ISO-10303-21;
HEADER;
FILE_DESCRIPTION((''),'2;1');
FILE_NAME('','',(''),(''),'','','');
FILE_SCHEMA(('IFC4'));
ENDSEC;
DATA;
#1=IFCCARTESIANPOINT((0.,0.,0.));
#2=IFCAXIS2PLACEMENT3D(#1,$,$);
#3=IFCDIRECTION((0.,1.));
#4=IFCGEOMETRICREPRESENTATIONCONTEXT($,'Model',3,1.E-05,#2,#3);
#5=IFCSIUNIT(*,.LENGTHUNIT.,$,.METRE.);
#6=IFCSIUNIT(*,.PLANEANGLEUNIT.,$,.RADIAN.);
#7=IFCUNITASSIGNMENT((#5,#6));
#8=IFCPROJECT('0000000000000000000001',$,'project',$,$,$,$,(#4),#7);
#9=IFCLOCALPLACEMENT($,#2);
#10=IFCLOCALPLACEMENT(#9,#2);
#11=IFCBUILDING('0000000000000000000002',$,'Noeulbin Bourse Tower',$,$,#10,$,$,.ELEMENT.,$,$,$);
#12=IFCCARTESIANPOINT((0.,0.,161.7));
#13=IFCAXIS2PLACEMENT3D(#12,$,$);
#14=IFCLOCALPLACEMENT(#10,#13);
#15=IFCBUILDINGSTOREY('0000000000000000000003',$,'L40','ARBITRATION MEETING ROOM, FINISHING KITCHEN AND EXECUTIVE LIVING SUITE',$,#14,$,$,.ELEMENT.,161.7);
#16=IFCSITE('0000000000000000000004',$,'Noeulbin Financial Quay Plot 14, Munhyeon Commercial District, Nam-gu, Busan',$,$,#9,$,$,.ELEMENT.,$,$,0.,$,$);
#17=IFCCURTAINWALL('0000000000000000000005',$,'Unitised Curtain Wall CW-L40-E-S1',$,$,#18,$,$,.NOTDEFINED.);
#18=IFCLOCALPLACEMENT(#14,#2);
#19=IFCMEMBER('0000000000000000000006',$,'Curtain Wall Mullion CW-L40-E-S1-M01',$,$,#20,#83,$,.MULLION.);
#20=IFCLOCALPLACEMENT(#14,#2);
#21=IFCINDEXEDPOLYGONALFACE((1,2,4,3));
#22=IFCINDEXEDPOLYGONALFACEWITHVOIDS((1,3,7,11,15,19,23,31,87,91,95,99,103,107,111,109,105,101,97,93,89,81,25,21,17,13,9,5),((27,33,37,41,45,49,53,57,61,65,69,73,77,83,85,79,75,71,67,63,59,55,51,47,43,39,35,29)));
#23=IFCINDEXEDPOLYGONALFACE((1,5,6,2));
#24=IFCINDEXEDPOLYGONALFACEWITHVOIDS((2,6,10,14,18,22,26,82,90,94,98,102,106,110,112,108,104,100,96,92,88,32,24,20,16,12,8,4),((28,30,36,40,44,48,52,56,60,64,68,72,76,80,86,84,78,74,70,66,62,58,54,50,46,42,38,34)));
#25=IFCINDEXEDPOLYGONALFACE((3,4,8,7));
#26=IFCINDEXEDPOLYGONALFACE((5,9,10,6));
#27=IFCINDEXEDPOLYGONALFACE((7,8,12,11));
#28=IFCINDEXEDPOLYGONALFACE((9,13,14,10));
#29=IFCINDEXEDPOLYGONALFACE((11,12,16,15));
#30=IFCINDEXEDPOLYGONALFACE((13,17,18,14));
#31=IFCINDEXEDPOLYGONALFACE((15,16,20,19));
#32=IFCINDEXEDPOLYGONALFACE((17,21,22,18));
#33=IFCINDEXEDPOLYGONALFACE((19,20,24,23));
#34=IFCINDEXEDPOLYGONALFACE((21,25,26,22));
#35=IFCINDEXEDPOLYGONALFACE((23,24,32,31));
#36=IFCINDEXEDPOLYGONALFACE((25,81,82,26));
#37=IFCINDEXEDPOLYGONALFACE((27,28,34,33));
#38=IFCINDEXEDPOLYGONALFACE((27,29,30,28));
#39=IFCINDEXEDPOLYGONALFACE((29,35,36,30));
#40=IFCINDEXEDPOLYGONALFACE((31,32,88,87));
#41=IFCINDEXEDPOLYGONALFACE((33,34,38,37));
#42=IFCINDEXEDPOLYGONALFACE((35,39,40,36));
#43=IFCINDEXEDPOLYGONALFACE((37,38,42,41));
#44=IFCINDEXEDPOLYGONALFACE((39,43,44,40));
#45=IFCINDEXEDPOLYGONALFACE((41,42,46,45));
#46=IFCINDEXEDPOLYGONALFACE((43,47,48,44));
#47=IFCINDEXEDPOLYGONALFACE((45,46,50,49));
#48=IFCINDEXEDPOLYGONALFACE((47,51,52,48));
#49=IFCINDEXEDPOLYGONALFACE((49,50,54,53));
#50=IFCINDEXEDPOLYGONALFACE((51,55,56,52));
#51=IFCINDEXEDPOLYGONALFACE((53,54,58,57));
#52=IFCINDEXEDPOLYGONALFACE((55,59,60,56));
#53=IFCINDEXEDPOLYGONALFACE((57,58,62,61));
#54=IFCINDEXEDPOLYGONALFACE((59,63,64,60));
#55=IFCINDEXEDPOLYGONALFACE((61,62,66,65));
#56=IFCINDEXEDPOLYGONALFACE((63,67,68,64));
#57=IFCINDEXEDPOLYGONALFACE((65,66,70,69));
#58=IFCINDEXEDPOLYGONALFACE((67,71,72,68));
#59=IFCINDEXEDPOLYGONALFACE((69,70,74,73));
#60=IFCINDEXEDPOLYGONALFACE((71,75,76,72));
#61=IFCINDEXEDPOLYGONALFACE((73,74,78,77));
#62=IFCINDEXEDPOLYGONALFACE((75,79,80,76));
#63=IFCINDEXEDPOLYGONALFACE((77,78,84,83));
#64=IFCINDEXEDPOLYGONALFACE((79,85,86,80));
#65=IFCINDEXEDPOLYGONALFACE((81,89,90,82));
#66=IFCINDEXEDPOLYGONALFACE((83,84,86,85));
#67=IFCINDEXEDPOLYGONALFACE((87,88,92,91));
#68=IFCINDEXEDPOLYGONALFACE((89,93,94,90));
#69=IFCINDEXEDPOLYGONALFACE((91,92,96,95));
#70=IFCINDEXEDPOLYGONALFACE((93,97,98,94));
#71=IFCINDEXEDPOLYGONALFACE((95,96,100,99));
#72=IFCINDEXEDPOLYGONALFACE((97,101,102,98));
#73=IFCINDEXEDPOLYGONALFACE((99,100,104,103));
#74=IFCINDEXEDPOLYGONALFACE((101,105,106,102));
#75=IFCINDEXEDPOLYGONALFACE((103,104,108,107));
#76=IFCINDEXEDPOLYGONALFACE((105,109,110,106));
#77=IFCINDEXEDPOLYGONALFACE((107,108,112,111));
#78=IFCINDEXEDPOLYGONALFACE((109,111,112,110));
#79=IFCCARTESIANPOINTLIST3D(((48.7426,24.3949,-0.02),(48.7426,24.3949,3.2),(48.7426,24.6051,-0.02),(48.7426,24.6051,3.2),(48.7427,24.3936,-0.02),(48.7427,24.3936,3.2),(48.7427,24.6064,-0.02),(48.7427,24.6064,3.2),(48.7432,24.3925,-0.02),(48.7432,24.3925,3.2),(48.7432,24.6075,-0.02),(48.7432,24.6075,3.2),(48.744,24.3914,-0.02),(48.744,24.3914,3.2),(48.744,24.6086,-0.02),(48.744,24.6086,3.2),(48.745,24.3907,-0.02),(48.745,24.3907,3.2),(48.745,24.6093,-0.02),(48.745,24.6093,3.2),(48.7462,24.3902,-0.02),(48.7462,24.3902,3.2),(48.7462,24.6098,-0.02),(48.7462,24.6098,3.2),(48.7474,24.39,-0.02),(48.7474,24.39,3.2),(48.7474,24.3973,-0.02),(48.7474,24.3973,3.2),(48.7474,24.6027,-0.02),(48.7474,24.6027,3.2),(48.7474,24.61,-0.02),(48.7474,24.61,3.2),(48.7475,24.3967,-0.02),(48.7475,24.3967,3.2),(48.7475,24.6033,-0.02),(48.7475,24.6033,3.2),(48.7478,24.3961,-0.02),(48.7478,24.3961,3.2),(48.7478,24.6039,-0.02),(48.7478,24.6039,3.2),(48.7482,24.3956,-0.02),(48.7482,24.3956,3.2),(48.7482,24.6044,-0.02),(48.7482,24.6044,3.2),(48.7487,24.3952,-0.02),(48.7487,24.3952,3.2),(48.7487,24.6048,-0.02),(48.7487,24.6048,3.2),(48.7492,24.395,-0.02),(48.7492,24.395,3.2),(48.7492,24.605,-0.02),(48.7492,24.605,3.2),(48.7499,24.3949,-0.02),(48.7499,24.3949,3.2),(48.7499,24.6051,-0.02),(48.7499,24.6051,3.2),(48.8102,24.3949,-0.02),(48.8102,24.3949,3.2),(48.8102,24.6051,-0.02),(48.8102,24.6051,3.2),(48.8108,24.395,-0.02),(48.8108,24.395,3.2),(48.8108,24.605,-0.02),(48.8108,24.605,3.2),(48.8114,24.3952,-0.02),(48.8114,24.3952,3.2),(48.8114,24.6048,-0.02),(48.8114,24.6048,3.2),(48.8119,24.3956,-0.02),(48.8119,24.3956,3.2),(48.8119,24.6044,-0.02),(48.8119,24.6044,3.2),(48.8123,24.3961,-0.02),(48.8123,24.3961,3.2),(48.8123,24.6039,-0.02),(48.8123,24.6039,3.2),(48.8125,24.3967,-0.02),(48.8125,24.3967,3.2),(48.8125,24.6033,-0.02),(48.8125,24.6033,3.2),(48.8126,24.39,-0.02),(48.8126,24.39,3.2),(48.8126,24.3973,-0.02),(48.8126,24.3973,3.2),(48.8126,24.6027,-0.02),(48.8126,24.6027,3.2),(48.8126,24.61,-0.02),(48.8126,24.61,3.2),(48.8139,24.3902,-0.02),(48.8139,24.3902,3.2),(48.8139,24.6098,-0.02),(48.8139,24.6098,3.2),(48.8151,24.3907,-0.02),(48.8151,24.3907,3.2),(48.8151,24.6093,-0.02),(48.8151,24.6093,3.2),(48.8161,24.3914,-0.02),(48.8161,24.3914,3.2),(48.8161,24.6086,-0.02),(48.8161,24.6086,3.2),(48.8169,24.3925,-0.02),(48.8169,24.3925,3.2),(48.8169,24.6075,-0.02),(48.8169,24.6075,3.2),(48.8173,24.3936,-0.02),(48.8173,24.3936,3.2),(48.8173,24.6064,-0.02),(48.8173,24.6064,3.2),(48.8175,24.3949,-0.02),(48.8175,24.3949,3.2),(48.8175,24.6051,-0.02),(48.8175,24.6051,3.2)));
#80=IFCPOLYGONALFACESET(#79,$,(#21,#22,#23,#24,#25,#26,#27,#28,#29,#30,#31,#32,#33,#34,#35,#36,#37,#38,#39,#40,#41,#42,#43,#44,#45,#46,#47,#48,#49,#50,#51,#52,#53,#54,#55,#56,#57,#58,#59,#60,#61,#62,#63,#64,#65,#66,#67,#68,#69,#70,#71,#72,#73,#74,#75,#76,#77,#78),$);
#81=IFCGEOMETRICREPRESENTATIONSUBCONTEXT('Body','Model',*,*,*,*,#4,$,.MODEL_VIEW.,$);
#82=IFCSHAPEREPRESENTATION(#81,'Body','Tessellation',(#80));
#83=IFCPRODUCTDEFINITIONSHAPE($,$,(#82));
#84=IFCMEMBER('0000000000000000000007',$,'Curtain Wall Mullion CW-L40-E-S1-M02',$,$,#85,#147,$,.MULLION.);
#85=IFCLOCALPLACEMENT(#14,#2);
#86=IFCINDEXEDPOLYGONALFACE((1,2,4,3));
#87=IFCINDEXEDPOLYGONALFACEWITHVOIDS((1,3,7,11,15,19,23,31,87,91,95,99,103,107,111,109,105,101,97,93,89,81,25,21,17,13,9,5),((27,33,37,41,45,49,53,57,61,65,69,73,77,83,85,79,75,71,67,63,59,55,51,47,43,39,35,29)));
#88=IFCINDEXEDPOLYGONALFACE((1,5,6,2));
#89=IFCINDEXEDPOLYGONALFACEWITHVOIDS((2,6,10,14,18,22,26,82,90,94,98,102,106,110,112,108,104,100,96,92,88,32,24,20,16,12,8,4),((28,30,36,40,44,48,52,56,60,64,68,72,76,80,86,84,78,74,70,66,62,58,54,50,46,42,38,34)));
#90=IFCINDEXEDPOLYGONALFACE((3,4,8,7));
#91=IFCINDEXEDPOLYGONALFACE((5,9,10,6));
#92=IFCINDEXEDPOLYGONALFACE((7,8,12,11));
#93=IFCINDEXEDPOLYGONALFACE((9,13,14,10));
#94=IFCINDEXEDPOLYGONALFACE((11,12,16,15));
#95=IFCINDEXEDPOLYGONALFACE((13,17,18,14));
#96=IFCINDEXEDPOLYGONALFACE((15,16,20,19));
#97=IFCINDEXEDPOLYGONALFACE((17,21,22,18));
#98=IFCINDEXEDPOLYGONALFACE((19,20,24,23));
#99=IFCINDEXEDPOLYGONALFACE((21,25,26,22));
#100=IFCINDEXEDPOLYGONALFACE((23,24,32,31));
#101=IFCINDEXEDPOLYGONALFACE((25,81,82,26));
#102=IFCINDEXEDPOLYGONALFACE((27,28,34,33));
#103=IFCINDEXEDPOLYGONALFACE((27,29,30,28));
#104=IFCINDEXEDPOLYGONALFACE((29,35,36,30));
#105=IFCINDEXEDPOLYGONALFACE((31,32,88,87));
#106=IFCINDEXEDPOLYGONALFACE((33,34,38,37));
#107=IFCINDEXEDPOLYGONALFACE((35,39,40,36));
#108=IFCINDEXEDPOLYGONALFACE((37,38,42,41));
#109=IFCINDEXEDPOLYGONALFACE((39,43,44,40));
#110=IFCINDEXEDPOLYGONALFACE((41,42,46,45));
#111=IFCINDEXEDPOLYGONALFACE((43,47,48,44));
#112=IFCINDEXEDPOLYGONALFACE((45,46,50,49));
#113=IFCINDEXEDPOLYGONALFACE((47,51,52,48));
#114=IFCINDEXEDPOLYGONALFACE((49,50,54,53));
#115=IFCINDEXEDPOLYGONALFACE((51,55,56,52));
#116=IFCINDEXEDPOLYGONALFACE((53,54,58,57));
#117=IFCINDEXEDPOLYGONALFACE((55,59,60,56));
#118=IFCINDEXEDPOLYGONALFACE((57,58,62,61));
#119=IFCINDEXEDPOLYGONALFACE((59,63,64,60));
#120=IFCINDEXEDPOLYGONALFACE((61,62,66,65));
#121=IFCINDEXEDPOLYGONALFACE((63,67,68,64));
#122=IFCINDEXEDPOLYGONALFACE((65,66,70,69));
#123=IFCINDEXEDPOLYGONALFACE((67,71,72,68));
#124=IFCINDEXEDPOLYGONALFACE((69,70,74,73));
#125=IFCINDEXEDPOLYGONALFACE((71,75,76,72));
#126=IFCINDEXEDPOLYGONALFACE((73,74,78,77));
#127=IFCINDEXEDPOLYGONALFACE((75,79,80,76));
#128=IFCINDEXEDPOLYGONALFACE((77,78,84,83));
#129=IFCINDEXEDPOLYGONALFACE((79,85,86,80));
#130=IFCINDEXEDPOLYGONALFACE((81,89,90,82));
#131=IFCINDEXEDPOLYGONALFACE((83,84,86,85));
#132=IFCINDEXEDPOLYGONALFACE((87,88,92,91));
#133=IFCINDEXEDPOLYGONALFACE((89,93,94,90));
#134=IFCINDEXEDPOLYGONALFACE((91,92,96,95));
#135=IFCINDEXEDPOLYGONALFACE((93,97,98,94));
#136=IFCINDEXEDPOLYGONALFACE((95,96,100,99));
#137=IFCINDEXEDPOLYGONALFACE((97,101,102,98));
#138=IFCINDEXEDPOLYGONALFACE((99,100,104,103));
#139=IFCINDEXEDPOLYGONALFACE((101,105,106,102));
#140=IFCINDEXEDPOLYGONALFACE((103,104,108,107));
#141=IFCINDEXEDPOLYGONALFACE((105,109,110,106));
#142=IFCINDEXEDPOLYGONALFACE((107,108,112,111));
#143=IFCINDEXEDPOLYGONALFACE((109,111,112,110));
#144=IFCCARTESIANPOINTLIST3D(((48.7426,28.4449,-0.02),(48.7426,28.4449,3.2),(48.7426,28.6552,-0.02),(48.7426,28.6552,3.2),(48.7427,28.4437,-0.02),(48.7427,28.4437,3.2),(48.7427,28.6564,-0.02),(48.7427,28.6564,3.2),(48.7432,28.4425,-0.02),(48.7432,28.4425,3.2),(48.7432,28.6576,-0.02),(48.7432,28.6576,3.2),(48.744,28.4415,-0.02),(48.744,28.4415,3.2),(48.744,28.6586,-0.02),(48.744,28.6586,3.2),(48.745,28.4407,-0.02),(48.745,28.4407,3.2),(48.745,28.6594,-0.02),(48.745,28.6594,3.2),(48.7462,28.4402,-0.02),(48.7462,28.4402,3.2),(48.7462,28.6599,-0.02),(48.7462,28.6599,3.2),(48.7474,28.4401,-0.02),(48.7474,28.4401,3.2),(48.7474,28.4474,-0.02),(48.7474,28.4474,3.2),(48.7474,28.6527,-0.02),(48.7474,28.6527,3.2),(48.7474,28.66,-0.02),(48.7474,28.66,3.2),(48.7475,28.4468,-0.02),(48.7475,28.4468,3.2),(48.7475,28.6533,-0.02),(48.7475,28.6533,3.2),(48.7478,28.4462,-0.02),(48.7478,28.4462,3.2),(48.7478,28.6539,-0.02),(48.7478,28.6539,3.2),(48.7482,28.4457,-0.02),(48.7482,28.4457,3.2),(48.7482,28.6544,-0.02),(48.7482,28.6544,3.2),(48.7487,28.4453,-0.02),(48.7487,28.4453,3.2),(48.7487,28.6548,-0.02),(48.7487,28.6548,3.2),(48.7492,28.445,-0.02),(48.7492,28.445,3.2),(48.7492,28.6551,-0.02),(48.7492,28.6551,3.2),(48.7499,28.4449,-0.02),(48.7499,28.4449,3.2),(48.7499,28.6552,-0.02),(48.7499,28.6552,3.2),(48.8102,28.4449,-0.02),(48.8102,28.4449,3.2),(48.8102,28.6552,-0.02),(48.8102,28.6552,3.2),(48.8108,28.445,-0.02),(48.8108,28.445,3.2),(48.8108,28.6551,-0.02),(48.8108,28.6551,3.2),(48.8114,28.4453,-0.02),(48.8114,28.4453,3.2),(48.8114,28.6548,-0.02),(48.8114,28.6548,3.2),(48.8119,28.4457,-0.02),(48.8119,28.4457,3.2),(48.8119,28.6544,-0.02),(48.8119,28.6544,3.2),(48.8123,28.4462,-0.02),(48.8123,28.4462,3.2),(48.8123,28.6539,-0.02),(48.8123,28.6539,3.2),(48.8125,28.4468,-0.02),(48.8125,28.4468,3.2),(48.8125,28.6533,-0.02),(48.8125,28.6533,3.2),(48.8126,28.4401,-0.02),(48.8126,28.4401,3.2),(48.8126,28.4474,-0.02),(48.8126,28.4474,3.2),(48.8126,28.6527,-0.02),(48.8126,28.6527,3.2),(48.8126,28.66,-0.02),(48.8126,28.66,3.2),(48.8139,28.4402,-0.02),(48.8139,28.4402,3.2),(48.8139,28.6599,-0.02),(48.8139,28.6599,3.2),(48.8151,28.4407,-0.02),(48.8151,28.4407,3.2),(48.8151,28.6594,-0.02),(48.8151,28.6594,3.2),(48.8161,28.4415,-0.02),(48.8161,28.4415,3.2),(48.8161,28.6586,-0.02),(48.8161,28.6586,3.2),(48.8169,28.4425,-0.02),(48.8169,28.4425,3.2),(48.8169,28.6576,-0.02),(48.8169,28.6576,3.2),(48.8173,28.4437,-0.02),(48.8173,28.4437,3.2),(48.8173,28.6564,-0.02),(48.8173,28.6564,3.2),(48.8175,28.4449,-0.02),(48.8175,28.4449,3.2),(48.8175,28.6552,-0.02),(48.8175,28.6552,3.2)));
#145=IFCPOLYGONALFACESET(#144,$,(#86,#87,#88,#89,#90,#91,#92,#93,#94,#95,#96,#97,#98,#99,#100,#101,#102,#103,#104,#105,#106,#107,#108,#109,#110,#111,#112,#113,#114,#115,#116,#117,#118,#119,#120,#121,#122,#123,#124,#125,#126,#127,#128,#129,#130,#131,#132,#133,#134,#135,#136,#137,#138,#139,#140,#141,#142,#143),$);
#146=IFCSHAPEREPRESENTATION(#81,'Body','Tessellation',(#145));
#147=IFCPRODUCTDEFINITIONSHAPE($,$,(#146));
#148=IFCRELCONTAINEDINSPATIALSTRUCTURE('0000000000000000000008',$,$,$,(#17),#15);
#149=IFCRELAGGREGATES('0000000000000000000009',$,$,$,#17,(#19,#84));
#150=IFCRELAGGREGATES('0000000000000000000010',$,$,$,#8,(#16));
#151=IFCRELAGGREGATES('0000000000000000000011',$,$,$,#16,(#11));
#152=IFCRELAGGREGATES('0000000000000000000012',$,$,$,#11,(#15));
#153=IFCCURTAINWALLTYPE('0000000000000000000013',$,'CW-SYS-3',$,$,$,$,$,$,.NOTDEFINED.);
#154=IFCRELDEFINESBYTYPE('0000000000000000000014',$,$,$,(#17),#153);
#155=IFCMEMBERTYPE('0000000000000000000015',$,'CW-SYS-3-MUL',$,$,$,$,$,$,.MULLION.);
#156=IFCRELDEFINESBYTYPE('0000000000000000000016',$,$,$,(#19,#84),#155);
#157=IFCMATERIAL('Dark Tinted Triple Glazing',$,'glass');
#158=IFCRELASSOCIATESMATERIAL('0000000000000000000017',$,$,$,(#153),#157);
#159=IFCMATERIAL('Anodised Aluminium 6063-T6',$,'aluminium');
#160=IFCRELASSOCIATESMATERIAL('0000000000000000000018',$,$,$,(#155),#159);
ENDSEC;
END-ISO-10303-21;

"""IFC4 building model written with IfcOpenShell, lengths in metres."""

from ifc_helpers import new_model, si_unit, direction, frame, origin, origin_2d, place, context, subcontext, project, spatial, hollow_rectangle, extrude, material, material_profile, profile_set, type_object, element, aggregate, save


model = new_model("IFC4")

# Units and contexts
model_context = context("Model", 3, precision=1e-05, world=origin(), true_north=direction((0.0, 1.0)))
body_context = subcontext(model_context, "Body", "Model", "MODEL_VIEW")
ifc_project = project(units=[si_unit("LENGTHUNIT", "METRE"), si_unit("PLANEANGLEUNIT", "RADIAN")], contexts=[model_context])

# Site, building, storey
site_placement = place(None, origin())
site = spatial("IfcSite", under=ifc_project, at=site_placement, Name="Noeulbin Financial Quay Plot 14, Munhyeon Commercial District, Nam-gu, Busan", CompositionType="ELEMENT", RefElevation=0.0)
building_placement = place(site_placement, origin())
building = spatial("IfcBuilding", under=site, at=building_placement, Name="Noeulbin Bourse Tower", CompositionType="ELEMENT")
storey_placement = place(building_placement, frame((0.0, 0.0, 161.7)))
storey = spatial("IfcBuildingStorey", under=building, at=storey_placement, Name="L40", Description="ARBITRATION MEETING ROOM, FINISHING KITCHEN AND EXECUTIVE LIVING SUITE", CompositionType="ELEMENT", Elevation=161.7)

# Curtain wall, members
ifc_material_1 = material(Name="Dark Tinted Triple Glazing", Category="glass")
curtain_wall_type = type_object("IfcCurtainWallType", Name="CW-SYS-3", PredefinedType="NOTDEFINED", material=ifc_material_1)
curtain_wall_placement = place(storey_placement, origin())
curtain_wall = element("IfcCurtainWall", 1, at=curtain_wall_placement, inside=storey, type_object=curtain_wall_type, Name="Unitised Curtain Wall CW-L40-E-S1", PredefinedType="NOTDEFINED")
ifc_material_2 = material(Name="Anodised Aluminium 6063-T6", Category="aluminium")
ifc_material_profile_1 = material_profile(ifc_material_2, hollow_rectangle(XDim=0.075, YDim=0.22, WallThickness=0.0049, InnerFilletRadius=0.0024, OuterFilletRadius=0.0049, at=origin_2d()), Name="ALU-MULL-75x220x5", Category="LoadBearing")
ifc_profile_set_1 = profile_set([ifc_material_profile_1], Name="Anodised Aluminium 6063-T6")
member_type_1 = type_object("IfcMemberType", Name="CW-SYS-3-MUL", PredefinedType="MULLION", material=ifc_profile_set_1)
member_1_placement = place(storey_placement, frame((48.78, 24.5, -0.02), z_axis=(0.0, 0.0, 1.0), x_axis=(1.0, 0.0, 0.0)))
member_1 = element("IfcMember", 2, at=member_1_placement, type_object=member_type_1, Name="Curtain Wall Mullion CW-L40-E-S1-M01", PredefinedType="MULLION", context=body_context, shape_type="SweptSolid", body=[
    extrude(hollow_rectangle(XDim=0.075, YDim=0.22, WallThickness=0.0049, InnerFilletRadius=0.0024, OuterFilletRadius=0.0049, at=origin_2d()), origin(), (0.0, 0.0, 1.0), 3.22),
])
member_2_placement = place(storey_placement, frame((48.78, 28.55, -0.02), z_axis=(0.0, 0.0, 1.0), x_axis=(1.0, 0.0, 0.0)))
member_2 = element("IfcMember", 3, at=member_2_placement, type_object=member_type_1, Name="Curtain Wall Mullion CW-L40-E-S1-M02", PredefinedType="MULLION", context=body_context, shape_type="SweptSolid", body=[
    extrude(hollow_rectangle(XDim=0.075, YDim=0.22, WallThickness=0.0049, InnerFilletRadius=0.0024, OuterFilletRadius=0.0049, at=origin_2d()), origin(), (0.0, 0.0, 1.0), 3.22),
])
aggregate(curtain_wall, [member_1, member_2])

save(model, "model.ifc")
